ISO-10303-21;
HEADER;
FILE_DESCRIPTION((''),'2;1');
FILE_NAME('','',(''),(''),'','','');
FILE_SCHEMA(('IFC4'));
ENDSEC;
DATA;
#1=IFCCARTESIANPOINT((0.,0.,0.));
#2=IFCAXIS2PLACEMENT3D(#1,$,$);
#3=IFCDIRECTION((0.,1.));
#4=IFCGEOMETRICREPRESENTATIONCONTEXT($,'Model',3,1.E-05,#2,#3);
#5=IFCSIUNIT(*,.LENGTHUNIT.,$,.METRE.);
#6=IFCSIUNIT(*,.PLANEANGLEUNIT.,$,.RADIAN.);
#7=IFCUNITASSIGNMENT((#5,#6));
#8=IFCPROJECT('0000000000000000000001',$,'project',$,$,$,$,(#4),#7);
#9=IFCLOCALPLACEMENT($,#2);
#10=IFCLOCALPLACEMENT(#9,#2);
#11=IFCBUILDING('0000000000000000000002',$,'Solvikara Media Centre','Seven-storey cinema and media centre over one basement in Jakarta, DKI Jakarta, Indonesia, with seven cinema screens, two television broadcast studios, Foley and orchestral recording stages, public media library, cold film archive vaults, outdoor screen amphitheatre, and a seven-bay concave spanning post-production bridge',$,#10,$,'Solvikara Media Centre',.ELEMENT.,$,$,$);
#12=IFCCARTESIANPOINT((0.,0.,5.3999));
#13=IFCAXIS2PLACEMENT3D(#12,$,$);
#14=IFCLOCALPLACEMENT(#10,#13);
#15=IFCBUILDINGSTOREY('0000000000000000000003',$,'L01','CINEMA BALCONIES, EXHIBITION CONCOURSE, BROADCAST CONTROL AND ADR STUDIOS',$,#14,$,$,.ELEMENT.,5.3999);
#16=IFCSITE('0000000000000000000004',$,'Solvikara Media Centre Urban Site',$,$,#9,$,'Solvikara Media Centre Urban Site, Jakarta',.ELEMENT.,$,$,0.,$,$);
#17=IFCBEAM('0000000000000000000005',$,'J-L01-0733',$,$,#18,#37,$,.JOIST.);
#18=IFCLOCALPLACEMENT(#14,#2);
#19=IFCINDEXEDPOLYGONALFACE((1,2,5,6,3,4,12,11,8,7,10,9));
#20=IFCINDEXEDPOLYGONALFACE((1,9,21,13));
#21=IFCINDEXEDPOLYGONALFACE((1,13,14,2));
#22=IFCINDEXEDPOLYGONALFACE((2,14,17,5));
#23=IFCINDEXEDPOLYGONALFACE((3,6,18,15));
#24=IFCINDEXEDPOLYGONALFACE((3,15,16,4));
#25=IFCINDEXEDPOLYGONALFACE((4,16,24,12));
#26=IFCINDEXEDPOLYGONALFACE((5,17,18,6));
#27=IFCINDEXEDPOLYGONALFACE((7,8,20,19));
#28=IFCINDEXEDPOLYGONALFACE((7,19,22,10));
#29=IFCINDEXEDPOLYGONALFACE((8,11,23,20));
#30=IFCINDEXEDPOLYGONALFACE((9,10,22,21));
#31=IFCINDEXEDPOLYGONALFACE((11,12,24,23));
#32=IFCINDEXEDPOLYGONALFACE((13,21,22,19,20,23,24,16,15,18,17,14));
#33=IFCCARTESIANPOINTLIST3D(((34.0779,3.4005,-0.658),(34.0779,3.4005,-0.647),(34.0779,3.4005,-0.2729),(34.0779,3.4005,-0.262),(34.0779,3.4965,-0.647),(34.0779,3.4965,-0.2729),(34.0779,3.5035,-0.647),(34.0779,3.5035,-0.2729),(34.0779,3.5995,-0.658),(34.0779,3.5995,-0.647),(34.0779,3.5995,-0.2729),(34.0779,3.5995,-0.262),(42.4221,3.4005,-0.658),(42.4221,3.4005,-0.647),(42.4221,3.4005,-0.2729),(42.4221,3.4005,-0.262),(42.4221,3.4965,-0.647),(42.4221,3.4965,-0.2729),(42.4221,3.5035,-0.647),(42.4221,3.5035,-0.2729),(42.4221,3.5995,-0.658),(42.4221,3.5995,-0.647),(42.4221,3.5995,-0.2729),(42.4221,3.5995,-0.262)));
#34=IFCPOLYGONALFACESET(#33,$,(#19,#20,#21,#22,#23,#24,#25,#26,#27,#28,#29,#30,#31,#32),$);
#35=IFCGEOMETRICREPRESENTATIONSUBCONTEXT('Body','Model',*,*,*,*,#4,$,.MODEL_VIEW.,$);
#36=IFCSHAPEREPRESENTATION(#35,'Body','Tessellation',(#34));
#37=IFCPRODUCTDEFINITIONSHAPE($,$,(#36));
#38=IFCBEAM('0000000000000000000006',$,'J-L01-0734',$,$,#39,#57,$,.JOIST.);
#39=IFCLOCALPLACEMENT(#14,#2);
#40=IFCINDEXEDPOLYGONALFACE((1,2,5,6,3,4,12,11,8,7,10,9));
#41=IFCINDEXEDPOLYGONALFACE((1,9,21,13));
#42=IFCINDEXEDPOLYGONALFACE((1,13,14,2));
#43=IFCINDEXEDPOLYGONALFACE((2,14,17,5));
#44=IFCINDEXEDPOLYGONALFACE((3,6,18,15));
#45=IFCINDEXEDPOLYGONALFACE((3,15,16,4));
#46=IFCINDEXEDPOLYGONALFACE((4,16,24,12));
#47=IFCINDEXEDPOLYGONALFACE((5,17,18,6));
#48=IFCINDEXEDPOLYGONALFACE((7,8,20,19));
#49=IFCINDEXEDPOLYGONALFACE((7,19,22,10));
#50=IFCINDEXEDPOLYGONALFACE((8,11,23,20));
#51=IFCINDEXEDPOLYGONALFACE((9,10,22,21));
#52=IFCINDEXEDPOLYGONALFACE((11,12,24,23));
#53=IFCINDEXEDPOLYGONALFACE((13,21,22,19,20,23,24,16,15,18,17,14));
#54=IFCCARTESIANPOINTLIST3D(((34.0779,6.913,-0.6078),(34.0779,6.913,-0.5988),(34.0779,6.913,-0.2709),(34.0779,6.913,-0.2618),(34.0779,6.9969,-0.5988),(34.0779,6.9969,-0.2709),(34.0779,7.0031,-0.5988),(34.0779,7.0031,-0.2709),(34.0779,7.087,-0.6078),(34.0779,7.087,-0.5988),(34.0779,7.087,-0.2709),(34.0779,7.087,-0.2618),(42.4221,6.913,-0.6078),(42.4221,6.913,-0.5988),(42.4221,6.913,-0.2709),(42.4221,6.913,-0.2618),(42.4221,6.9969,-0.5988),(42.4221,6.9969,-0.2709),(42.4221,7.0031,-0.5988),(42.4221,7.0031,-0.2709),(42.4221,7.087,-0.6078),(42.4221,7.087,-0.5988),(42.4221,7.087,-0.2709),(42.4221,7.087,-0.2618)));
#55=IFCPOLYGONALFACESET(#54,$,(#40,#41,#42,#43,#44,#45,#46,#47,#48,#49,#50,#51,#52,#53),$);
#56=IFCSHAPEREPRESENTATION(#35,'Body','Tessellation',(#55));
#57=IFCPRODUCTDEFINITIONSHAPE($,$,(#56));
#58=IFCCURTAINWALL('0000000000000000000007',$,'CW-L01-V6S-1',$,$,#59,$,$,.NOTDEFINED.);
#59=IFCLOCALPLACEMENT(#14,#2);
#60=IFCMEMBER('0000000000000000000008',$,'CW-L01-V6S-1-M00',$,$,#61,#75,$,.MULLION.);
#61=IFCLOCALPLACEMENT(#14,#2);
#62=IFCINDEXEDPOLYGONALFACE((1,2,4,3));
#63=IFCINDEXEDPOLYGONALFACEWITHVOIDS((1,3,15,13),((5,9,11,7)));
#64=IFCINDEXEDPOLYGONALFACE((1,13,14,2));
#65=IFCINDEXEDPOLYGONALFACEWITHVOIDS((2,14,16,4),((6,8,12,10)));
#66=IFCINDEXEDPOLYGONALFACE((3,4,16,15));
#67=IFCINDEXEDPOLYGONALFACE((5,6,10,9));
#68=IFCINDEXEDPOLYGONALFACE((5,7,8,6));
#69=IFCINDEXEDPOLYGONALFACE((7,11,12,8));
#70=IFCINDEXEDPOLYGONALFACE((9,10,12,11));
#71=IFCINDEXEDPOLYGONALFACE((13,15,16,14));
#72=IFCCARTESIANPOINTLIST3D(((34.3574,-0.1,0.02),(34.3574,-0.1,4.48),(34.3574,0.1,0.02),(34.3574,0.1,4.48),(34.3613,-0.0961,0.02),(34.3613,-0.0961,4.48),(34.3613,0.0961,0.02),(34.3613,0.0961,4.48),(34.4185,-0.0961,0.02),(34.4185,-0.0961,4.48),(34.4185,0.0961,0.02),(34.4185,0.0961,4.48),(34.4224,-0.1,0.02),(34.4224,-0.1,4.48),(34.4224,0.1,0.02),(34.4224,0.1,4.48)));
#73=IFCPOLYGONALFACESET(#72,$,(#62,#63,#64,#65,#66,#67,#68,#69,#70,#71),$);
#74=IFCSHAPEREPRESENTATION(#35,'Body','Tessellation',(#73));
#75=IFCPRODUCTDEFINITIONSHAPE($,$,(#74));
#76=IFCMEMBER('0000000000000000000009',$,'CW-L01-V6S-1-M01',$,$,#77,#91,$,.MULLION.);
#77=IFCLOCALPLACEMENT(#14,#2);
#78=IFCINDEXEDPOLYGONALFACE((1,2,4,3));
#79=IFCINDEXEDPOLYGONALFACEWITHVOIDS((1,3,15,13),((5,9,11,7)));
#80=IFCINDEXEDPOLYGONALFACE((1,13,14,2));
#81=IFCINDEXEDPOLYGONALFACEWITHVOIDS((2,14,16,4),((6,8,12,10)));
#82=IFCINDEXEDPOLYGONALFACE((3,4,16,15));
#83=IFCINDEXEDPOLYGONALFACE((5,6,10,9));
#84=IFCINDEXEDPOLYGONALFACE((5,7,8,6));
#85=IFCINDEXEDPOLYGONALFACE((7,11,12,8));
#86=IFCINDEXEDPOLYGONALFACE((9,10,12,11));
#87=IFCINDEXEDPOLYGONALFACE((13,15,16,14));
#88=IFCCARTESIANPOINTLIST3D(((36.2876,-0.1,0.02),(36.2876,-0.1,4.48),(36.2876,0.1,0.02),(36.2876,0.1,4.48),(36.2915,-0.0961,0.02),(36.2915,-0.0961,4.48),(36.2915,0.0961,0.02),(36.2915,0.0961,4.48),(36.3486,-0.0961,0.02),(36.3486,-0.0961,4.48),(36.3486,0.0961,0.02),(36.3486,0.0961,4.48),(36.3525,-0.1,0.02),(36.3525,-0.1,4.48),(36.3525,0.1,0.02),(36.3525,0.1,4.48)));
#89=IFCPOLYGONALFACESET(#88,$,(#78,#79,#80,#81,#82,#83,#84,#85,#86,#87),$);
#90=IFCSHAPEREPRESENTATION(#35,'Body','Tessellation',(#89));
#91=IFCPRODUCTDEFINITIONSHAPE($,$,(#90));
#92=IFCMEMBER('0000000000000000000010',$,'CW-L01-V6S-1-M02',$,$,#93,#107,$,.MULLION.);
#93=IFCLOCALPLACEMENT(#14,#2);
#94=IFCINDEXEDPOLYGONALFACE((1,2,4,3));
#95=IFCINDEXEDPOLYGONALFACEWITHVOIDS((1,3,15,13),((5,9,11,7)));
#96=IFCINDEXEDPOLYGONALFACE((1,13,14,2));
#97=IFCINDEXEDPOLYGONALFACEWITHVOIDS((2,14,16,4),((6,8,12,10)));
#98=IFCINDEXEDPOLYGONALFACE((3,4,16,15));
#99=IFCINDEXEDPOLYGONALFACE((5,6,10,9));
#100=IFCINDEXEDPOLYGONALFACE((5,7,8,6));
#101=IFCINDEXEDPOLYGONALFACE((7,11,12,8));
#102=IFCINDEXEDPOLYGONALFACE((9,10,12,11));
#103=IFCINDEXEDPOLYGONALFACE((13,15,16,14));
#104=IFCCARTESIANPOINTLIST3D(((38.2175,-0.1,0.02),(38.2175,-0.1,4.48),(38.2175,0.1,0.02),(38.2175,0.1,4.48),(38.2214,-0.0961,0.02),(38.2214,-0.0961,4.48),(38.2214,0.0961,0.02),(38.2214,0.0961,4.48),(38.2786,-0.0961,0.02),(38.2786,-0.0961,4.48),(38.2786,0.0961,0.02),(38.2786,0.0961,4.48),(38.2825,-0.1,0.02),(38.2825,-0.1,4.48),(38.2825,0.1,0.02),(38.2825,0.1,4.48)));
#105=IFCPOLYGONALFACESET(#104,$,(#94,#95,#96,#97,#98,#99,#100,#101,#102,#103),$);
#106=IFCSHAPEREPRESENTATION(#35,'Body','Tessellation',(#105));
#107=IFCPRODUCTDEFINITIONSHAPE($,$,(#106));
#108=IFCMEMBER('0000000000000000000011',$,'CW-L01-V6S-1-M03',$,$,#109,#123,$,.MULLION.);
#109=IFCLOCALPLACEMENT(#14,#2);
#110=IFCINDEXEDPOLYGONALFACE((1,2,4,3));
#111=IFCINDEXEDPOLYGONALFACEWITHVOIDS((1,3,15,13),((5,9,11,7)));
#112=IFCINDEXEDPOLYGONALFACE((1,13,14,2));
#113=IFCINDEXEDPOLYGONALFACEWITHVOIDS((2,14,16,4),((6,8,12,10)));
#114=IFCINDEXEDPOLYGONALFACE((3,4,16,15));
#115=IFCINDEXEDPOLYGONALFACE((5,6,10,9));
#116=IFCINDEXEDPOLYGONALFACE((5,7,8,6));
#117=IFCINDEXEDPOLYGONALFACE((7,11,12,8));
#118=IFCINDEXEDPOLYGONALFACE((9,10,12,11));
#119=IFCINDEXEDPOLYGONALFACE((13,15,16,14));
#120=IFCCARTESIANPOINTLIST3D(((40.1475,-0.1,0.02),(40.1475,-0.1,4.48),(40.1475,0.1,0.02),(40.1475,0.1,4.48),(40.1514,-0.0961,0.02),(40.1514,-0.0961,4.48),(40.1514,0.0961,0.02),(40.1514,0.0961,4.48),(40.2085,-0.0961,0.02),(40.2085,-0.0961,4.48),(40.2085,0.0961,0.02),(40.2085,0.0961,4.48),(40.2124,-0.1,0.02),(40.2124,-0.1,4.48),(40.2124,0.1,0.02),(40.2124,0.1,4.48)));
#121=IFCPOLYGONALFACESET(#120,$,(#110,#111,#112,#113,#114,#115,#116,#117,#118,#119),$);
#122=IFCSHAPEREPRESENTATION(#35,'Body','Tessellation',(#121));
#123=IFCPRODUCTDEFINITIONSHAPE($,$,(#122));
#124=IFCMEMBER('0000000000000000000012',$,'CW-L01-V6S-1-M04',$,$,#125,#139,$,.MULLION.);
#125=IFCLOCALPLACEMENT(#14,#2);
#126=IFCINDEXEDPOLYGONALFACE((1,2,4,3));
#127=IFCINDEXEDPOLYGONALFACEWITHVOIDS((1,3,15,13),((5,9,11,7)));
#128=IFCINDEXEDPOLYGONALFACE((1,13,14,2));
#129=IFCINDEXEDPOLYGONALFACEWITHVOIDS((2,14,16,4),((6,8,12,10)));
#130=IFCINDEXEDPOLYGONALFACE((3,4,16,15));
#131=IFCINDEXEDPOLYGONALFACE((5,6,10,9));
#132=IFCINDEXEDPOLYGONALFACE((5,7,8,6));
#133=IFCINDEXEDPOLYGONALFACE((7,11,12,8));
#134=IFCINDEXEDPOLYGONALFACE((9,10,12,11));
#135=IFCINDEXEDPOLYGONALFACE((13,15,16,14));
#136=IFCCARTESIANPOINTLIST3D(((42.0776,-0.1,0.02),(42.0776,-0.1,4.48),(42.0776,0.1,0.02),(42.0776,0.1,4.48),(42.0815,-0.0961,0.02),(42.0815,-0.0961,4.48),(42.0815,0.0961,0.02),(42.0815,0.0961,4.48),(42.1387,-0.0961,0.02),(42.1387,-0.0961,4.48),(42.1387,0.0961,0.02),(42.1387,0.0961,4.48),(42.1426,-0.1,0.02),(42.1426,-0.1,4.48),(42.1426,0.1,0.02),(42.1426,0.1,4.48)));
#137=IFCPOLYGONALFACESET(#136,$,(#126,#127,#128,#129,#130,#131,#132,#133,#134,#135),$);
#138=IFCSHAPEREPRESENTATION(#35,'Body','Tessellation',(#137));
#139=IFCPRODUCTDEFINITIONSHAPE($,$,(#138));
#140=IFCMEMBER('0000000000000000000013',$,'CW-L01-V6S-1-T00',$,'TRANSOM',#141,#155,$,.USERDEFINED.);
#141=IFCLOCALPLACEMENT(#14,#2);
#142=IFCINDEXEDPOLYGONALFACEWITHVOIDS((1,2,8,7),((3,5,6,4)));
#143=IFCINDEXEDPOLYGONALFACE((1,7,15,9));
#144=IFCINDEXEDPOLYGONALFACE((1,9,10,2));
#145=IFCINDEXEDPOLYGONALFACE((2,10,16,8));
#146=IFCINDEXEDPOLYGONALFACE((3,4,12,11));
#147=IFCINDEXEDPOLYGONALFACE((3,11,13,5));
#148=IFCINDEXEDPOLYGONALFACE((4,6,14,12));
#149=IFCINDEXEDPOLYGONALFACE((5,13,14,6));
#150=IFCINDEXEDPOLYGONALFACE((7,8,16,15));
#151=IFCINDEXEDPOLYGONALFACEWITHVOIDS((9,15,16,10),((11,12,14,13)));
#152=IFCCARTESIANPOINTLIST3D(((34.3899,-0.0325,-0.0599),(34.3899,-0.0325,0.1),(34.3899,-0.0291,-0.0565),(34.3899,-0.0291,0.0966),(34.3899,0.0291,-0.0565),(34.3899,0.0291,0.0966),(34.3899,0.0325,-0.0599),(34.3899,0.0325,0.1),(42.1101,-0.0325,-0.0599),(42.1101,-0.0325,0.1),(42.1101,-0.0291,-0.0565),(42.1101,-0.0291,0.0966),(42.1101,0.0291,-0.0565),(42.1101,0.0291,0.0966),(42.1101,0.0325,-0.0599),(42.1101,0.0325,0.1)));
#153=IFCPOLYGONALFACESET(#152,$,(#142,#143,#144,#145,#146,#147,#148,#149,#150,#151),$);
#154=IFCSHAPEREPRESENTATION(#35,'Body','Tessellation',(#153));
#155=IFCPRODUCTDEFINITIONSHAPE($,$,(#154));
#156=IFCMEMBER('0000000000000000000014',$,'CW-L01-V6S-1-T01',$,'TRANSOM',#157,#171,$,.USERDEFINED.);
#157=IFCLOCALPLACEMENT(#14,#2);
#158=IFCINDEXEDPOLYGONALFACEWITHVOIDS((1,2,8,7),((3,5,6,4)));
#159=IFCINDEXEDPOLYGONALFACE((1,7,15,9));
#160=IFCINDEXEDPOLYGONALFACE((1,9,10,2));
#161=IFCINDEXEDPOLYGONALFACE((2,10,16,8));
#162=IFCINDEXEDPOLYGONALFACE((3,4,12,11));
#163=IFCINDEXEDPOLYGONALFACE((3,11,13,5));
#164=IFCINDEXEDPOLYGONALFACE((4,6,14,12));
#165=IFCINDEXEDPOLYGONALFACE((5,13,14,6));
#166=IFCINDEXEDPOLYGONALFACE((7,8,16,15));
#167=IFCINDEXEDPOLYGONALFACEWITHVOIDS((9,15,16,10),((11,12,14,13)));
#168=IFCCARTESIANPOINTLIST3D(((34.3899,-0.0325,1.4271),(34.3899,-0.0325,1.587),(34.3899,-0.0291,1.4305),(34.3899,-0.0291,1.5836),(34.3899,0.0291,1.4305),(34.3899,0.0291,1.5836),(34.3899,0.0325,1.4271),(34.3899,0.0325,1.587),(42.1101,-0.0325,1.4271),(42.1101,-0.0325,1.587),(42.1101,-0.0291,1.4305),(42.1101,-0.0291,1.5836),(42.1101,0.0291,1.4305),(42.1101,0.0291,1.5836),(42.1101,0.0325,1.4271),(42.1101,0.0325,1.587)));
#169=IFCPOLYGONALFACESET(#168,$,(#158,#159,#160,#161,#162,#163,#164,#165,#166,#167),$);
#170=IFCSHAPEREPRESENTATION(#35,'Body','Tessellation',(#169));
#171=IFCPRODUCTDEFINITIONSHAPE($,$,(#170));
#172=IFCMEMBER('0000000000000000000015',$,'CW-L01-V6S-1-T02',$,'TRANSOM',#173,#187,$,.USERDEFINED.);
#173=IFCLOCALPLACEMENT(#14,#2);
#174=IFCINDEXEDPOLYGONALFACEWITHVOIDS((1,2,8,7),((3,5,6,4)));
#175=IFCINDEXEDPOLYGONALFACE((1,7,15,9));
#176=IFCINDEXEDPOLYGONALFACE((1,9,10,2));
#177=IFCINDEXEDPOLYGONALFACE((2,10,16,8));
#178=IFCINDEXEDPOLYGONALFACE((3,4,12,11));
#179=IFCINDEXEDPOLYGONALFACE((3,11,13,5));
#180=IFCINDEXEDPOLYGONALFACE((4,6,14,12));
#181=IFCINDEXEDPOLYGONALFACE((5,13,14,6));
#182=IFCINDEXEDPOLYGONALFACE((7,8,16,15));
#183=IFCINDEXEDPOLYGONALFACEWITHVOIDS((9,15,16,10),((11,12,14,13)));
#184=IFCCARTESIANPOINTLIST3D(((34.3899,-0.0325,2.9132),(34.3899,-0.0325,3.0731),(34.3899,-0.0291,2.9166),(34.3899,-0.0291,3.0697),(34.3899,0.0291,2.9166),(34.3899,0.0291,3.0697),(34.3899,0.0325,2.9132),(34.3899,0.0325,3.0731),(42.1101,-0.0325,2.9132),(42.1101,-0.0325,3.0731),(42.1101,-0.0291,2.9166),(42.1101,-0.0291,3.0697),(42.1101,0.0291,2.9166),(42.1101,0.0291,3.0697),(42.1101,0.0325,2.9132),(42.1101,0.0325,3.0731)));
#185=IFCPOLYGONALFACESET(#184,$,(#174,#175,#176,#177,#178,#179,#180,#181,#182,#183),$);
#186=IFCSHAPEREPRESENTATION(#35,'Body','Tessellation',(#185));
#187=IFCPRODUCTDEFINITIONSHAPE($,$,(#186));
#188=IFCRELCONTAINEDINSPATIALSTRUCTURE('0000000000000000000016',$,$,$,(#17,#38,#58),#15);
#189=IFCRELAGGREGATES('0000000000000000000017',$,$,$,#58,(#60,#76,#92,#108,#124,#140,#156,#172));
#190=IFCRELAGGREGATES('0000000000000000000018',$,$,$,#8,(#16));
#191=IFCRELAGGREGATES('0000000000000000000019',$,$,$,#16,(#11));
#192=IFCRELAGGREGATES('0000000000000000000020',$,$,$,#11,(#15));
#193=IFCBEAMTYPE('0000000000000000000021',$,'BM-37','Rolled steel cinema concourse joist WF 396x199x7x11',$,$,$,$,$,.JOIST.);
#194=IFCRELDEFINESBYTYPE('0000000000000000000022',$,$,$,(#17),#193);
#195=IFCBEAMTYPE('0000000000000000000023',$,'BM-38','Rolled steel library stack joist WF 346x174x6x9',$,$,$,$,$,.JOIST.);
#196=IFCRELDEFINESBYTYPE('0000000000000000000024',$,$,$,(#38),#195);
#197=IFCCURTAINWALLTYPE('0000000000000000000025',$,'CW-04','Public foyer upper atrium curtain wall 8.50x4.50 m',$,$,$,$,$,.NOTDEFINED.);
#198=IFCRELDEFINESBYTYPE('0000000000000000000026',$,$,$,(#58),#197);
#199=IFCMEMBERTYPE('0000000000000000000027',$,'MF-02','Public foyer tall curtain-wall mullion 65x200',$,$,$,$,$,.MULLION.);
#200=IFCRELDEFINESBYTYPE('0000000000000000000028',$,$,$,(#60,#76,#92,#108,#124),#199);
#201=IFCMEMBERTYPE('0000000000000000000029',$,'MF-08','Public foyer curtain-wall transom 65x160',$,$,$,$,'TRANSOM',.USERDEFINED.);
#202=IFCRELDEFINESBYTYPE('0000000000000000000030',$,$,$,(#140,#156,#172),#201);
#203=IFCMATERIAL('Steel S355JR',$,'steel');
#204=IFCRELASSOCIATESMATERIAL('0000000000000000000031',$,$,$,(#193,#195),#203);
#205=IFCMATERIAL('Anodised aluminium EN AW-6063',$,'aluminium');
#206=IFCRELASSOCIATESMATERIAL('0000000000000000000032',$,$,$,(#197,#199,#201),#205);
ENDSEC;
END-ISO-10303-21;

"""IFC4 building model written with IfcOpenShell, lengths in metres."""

from ifc_helpers import new_model, si_unit, direction, frame, origin, origin_2d, place, context, subcontext, project, spatial, hollow_rectangle, i_section, extrude, material, material_profile, profile_set, type_object, element, aggregate, save


model = new_model("IFC4")

# Units and contexts
model_context = context("Model", 3, precision=1e-05, world=origin(), true_north=direction((0.0, 1.0)))
body_context = subcontext(model_context, "Body", "Model", "MODEL_VIEW")
ifc_project = project(units=[si_unit("LENGTHUNIT", "METRE"), si_unit("PLANEANGLEUNIT", "RADIAN")], contexts=[model_context])

# Site, building, storey
site_placement = place(None, origin())
site = spatial("IfcSite", under=ifc_project, at=site_placement, Name="Solvikara Media Centre Urban Site", LongName="Solvikara Media Centre Urban Site, Jakarta", CompositionType="ELEMENT", RefElevation=0.0)
building_placement = place(site_placement, origin())
building = spatial("IfcBuilding", under=site, at=building_placement, Name="Solvikara Media Centre", Description="Seven-storey cinema and media centre over one basement in Jakarta, DKI Jakarta, Indonesia, with seven cinema screens, two television broadcast studios, Foley and orchestral recording stages, public media library, cold film archive vaults, outdoor screen amphitheatre, and a seven-bay concave spanning post-production bridge", LongName="Solvikara Media Centre", CompositionType="ELEMENT")
storey_placement = place(building_placement, frame((0.0, 0.0, 5.3999)))
storey = spatial("IfcBuildingStorey", under=building, at=storey_placement, Name="L01", Description="CINEMA BALCONIES, EXHIBITION CONCOURSE, BROADCAST CONTROL AND ADR STUDIOS", CompositionType="ELEMENT", Elevation=5.3999)

# Beams
ifc_material_1 = material(Name="Steel S355JR", Category="steel")
ifc_material_profile_1 = material_profile(ifc_material_1, i_section(OverallWidth=0.199, OverallDepth=0.396, WebThickness=0.0071, FlangeThickness=0.011, at=origin_2d()), Name="WF 396x199x7x11")
ifc_profile_set_1 = profile_set([ifc_material_profile_1], Name="Steel S355JR")
beam_type_1 = type_object("IfcBeamType", Name="BM-37", Description="Rolled steel cinema concourse joist WF 396x199x7x11", PredefinedType="JOIST", material=ifc_profile_set_1)
beam_1_placement = place(storey_placement, frame((34.0779, 3.5, -0.46), z_axis=(1.0, 0.0, 0.0), x_axis=(0.0, 1.0, 0.0)))
element("IfcBeam", 1, at=beam_1_placement, inside=storey, type_object=beam_type_1, Name="J-L01-0733", PredefinedType="JOIST", context=body_context, shape_type="SweptSolid", body=[
    extrude(i_section(OverallWidth=0.199, OverallDepth=0.396, WebThickness=0.0071, FlangeThickness=0.011, at=origin_2d()), origin(), (0.0, 0.0, 1.0), 8.3442),
])
ifc_material_profile_2 = material_profile(ifc_material_1, i_section(OverallWidth=0.1741, OverallDepth=0.3459, WebThickness=0.0061, FlangeThickness=0.009, at=origin_2d()), Name="WF 346x174x6x9")
ifc_profile_set_2 = profile_set([ifc_material_profile_2], Name="Steel S355JR")
beam_type_2 = type_object("IfcBeamType", Name="BM-38", Description="Rolled steel library stack joist WF 346x174x6x9", PredefinedType="JOIST", material=ifc_profile_set_2)
beam_2_placement = place(storey_placement, frame((34.0779, 7.0, -0.4348), z_axis=(1.0, 0.0, 0.0), x_axis=(0.0, 1.0, 0.0)))
element("IfcBeam", 2, at=beam_2_placement, inside=storey, type_object=beam_type_2, Name="J-L01-0734", PredefinedType="JOIST", context=body_context, shape_type="SweptSolid", body=[
    extrude(i_section(OverallWidth=0.1741, OverallDepth=0.3459, WebThickness=0.0061, FlangeThickness=0.009, at=origin_2d()), origin(), (0.0, 0.0, 1.0), 8.3442),
])

# Curtain wall, members
ifc_material_2 = material(Name="Anodised aluminium EN AW-6063", Category="aluminium")
curtain_wall_type = type_object("IfcCurtainWallType", Name="CW-04", Description="Public foyer upper atrium curtain wall 8.50x4.50 m", PredefinedType="NOTDEFINED", material=ifc_material_2)
curtain_wall_placement = place(storey_placement, origin())
curtain_wall = element("IfcCurtainWall", 3, at=curtain_wall_placement, inside=storey, type_object=curtain_wall_type, Name="CW-L01-V6S-1", PredefinedType="NOTDEFINED")
ifc_material_profile_3 = material_profile(ifc_material_2, hollow_rectangle(XDim=0.0649, YDim=0.2, WallThickness=0.0039, at=origin_2d()), Name="ALU-M 65x200x4")
ifc_profile_set_3 = profile_set([ifc_material_profile_3], Name="Anodised aluminium EN AW-6063")
member_type_1 = type_object("IfcMemberType", Name="MF-02", Description="Public foyer tall curtain-wall mullion 65x200", PredefinedType="MULLION", material=ifc_profile_set_3)
member_1_placement = place(storey_placement, frame((34.3899, 0.0, 0.02), z_axis=(0.0, 0.0, 1.0), x_axis=(1.0, 0.0, 0.0)))
member_1 = element("IfcMember", 4, at=member_1_placement, type_object=member_type_1, Name="CW-L01-V6S-1-M00", PredefinedType="MULLION", context=body_context, shape_type="SweptSolid", body=[
    extrude(hollow_rectangle(XDim=0.0649, YDim=0.2, WallThickness=0.0039, at=origin_2d()), origin(), (0.0, 0.0, 1.0), 4.46),
])
member_2_placement = place(storey_placement, frame((36.3201, 0.0, 0.02), z_axis=(0.0, 0.0, 1.0), x_axis=(1.0, 0.0, 0.0)))
member_2 = element("IfcMember", 5, at=member_2_placement, type_object=member_type_1, Name="CW-L01-V6S-1-M01", PredefinedType="MULLION", context=body_context, shape_type="SweptSolid", body=[
    extrude(hollow_rectangle(XDim=0.0649, YDim=0.2, WallThickness=0.0039, at=origin_2d()), origin(), (0.0, 0.0, 1.0), 4.46),
])
member_3_placement = place(storey_placement, frame((38.25, 0.0, 0.02), z_axis=(0.0, 0.0, 1.0), x_axis=(1.0, 0.0, 0.0)))
member_3 = element("IfcMember", 6, at=member_3_placement, type_object=member_type_1, Name="CW-L01-V6S-1-M02", PredefinedType="MULLION", context=body_context, shape_type="SweptSolid", body=[
    extrude(hollow_rectangle(XDim=0.0649, YDim=0.2, WallThickness=0.0039, at=origin_2d()), origin(), (0.0, 0.0, 1.0), 4.46),
])
member_4_placement = place(storey_placement, frame((40.1799, 0.0, 0.02), z_axis=(0.0, 0.0, 1.0), x_axis=(1.0, 0.0, 0.0)))
member_4 = element("IfcMember", 7, at=member_4_placement, type_object=member_type_1, Name="CW-L01-V6S-1-M03", PredefinedType="MULLION", context=body_context, shape_type="SweptSolid", body=[
    extrude(hollow_rectangle(XDim=0.0649, YDim=0.2, WallThickness=0.0039, at=origin_2d()), origin(), (0.0, 0.0, 1.0), 4.46),
])
member_5_placement = place(storey_placement, frame((42.1101, 0.0, 0.02), z_axis=(0.0, 0.0, 1.0), x_axis=(1.0, 0.0, 0.0)))
member_5 = element("IfcMember", 8, at=member_5_placement, type_object=member_type_1, Name="CW-L01-V6S-1-M04", PredefinedType="MULLION", context=body_context, shape_type="SweptSolid", body=[
    extrude(hollow_rectangle(XDim=0.0649, YDim=0.2, WallThickness=0.0039, at=origin_2d()), origin(), (0.0, 0.0, 1.0), 4.46),
])
ifc_material_profile_4 = material_profile(ifc_material_2, hollow_rectangle(XDim=0.0649, YDim=0.1599, WallThickness=0.0034, at=origin_2d()), Name="ALU-T 65x160x3.5")
ifc_profile_set_4 = profile_set([ifc_material_profile_4], Name="Anodised aluminium EN AW-6063")
member_type_2 = type_object("IfcMemberType", Name="MF-08", Description="Public foyer curtain-wall transom 65x160", ElementType="TRANSOM", PredefinedType="USERDEFINED", material=ifc_profile_set_4)
member_6_placement = place(storey_placement, frame((34.3899, 0.0, 0.02), z_axis=(1.0, 0.0, 0.0), x_axis=(0.0, 1.0, 0.0)))
member_6 = element("IfcMember", 9, at=member_6_placement, type_object=member_type_2, Name="CW-L01-V6S-1-T00", ObjectType="TRANSOM", PredefinedType="USERDEFINED", context=body_context, shape_type="SweptSolid", body=[
    extrude(hollow_rectangle(XDim=0.0649, YDim=0.1599, WallThickness=0.0034, at=origin_2d()), origin(), (0.0, 0.0, 1.0), 7.7202),
])
member_7_placement = place(storey_placement, frame((34.3899, 0.0, 1.5071), z_axis=(1.0, 0.0, 0.0), x_axis=(0.0, 1.0, 0.0)))
member_7 = element("IfcMember", 10, at=member_7_placement, type_object=member_type_2, Name="CW-L01-V6S-1-T01", ObjectType="TRANSOM", PredefinedType="USERDEFINED", context=body_context, shape_type="SweptSolid", body=[
    extrude(hollow_rectangle(XDim=0.0649, YDim=0.1599, WallThickness=0.0034, at=origin_2d()), origin(), (0.0, 0.0, 1.0), 7.7202),
])
member_8_placement = place(storey_placement, frame((34.3899, 0.0, 2.9932), z_axis=(1.0, 0.0, 0.0), x_axis=(0.0, 1.0, 0.0)))
member_8 = element("IfcMember", 11, at=member_8_placement, type_object=member_type_2, Name="CW-L01-V6S-1-T02", ObjectType="TRANSOM", PredefinedType="USERDEFINED", context=body_context, shape_type="SweptSolid", body=[
    extrude(hollow_rectangle(XDim=0.0649, YDim=0.1599, WallThickness=0.0034, at=origin_2d()), origin(), (0.0, 0.0, 1.0), 7.7202),
])
aggregate(curtain_wall, [member_1, member_2, member_3, member_4, member_5, member_6, member_7, member_8])

save(model, "model.ifc")
